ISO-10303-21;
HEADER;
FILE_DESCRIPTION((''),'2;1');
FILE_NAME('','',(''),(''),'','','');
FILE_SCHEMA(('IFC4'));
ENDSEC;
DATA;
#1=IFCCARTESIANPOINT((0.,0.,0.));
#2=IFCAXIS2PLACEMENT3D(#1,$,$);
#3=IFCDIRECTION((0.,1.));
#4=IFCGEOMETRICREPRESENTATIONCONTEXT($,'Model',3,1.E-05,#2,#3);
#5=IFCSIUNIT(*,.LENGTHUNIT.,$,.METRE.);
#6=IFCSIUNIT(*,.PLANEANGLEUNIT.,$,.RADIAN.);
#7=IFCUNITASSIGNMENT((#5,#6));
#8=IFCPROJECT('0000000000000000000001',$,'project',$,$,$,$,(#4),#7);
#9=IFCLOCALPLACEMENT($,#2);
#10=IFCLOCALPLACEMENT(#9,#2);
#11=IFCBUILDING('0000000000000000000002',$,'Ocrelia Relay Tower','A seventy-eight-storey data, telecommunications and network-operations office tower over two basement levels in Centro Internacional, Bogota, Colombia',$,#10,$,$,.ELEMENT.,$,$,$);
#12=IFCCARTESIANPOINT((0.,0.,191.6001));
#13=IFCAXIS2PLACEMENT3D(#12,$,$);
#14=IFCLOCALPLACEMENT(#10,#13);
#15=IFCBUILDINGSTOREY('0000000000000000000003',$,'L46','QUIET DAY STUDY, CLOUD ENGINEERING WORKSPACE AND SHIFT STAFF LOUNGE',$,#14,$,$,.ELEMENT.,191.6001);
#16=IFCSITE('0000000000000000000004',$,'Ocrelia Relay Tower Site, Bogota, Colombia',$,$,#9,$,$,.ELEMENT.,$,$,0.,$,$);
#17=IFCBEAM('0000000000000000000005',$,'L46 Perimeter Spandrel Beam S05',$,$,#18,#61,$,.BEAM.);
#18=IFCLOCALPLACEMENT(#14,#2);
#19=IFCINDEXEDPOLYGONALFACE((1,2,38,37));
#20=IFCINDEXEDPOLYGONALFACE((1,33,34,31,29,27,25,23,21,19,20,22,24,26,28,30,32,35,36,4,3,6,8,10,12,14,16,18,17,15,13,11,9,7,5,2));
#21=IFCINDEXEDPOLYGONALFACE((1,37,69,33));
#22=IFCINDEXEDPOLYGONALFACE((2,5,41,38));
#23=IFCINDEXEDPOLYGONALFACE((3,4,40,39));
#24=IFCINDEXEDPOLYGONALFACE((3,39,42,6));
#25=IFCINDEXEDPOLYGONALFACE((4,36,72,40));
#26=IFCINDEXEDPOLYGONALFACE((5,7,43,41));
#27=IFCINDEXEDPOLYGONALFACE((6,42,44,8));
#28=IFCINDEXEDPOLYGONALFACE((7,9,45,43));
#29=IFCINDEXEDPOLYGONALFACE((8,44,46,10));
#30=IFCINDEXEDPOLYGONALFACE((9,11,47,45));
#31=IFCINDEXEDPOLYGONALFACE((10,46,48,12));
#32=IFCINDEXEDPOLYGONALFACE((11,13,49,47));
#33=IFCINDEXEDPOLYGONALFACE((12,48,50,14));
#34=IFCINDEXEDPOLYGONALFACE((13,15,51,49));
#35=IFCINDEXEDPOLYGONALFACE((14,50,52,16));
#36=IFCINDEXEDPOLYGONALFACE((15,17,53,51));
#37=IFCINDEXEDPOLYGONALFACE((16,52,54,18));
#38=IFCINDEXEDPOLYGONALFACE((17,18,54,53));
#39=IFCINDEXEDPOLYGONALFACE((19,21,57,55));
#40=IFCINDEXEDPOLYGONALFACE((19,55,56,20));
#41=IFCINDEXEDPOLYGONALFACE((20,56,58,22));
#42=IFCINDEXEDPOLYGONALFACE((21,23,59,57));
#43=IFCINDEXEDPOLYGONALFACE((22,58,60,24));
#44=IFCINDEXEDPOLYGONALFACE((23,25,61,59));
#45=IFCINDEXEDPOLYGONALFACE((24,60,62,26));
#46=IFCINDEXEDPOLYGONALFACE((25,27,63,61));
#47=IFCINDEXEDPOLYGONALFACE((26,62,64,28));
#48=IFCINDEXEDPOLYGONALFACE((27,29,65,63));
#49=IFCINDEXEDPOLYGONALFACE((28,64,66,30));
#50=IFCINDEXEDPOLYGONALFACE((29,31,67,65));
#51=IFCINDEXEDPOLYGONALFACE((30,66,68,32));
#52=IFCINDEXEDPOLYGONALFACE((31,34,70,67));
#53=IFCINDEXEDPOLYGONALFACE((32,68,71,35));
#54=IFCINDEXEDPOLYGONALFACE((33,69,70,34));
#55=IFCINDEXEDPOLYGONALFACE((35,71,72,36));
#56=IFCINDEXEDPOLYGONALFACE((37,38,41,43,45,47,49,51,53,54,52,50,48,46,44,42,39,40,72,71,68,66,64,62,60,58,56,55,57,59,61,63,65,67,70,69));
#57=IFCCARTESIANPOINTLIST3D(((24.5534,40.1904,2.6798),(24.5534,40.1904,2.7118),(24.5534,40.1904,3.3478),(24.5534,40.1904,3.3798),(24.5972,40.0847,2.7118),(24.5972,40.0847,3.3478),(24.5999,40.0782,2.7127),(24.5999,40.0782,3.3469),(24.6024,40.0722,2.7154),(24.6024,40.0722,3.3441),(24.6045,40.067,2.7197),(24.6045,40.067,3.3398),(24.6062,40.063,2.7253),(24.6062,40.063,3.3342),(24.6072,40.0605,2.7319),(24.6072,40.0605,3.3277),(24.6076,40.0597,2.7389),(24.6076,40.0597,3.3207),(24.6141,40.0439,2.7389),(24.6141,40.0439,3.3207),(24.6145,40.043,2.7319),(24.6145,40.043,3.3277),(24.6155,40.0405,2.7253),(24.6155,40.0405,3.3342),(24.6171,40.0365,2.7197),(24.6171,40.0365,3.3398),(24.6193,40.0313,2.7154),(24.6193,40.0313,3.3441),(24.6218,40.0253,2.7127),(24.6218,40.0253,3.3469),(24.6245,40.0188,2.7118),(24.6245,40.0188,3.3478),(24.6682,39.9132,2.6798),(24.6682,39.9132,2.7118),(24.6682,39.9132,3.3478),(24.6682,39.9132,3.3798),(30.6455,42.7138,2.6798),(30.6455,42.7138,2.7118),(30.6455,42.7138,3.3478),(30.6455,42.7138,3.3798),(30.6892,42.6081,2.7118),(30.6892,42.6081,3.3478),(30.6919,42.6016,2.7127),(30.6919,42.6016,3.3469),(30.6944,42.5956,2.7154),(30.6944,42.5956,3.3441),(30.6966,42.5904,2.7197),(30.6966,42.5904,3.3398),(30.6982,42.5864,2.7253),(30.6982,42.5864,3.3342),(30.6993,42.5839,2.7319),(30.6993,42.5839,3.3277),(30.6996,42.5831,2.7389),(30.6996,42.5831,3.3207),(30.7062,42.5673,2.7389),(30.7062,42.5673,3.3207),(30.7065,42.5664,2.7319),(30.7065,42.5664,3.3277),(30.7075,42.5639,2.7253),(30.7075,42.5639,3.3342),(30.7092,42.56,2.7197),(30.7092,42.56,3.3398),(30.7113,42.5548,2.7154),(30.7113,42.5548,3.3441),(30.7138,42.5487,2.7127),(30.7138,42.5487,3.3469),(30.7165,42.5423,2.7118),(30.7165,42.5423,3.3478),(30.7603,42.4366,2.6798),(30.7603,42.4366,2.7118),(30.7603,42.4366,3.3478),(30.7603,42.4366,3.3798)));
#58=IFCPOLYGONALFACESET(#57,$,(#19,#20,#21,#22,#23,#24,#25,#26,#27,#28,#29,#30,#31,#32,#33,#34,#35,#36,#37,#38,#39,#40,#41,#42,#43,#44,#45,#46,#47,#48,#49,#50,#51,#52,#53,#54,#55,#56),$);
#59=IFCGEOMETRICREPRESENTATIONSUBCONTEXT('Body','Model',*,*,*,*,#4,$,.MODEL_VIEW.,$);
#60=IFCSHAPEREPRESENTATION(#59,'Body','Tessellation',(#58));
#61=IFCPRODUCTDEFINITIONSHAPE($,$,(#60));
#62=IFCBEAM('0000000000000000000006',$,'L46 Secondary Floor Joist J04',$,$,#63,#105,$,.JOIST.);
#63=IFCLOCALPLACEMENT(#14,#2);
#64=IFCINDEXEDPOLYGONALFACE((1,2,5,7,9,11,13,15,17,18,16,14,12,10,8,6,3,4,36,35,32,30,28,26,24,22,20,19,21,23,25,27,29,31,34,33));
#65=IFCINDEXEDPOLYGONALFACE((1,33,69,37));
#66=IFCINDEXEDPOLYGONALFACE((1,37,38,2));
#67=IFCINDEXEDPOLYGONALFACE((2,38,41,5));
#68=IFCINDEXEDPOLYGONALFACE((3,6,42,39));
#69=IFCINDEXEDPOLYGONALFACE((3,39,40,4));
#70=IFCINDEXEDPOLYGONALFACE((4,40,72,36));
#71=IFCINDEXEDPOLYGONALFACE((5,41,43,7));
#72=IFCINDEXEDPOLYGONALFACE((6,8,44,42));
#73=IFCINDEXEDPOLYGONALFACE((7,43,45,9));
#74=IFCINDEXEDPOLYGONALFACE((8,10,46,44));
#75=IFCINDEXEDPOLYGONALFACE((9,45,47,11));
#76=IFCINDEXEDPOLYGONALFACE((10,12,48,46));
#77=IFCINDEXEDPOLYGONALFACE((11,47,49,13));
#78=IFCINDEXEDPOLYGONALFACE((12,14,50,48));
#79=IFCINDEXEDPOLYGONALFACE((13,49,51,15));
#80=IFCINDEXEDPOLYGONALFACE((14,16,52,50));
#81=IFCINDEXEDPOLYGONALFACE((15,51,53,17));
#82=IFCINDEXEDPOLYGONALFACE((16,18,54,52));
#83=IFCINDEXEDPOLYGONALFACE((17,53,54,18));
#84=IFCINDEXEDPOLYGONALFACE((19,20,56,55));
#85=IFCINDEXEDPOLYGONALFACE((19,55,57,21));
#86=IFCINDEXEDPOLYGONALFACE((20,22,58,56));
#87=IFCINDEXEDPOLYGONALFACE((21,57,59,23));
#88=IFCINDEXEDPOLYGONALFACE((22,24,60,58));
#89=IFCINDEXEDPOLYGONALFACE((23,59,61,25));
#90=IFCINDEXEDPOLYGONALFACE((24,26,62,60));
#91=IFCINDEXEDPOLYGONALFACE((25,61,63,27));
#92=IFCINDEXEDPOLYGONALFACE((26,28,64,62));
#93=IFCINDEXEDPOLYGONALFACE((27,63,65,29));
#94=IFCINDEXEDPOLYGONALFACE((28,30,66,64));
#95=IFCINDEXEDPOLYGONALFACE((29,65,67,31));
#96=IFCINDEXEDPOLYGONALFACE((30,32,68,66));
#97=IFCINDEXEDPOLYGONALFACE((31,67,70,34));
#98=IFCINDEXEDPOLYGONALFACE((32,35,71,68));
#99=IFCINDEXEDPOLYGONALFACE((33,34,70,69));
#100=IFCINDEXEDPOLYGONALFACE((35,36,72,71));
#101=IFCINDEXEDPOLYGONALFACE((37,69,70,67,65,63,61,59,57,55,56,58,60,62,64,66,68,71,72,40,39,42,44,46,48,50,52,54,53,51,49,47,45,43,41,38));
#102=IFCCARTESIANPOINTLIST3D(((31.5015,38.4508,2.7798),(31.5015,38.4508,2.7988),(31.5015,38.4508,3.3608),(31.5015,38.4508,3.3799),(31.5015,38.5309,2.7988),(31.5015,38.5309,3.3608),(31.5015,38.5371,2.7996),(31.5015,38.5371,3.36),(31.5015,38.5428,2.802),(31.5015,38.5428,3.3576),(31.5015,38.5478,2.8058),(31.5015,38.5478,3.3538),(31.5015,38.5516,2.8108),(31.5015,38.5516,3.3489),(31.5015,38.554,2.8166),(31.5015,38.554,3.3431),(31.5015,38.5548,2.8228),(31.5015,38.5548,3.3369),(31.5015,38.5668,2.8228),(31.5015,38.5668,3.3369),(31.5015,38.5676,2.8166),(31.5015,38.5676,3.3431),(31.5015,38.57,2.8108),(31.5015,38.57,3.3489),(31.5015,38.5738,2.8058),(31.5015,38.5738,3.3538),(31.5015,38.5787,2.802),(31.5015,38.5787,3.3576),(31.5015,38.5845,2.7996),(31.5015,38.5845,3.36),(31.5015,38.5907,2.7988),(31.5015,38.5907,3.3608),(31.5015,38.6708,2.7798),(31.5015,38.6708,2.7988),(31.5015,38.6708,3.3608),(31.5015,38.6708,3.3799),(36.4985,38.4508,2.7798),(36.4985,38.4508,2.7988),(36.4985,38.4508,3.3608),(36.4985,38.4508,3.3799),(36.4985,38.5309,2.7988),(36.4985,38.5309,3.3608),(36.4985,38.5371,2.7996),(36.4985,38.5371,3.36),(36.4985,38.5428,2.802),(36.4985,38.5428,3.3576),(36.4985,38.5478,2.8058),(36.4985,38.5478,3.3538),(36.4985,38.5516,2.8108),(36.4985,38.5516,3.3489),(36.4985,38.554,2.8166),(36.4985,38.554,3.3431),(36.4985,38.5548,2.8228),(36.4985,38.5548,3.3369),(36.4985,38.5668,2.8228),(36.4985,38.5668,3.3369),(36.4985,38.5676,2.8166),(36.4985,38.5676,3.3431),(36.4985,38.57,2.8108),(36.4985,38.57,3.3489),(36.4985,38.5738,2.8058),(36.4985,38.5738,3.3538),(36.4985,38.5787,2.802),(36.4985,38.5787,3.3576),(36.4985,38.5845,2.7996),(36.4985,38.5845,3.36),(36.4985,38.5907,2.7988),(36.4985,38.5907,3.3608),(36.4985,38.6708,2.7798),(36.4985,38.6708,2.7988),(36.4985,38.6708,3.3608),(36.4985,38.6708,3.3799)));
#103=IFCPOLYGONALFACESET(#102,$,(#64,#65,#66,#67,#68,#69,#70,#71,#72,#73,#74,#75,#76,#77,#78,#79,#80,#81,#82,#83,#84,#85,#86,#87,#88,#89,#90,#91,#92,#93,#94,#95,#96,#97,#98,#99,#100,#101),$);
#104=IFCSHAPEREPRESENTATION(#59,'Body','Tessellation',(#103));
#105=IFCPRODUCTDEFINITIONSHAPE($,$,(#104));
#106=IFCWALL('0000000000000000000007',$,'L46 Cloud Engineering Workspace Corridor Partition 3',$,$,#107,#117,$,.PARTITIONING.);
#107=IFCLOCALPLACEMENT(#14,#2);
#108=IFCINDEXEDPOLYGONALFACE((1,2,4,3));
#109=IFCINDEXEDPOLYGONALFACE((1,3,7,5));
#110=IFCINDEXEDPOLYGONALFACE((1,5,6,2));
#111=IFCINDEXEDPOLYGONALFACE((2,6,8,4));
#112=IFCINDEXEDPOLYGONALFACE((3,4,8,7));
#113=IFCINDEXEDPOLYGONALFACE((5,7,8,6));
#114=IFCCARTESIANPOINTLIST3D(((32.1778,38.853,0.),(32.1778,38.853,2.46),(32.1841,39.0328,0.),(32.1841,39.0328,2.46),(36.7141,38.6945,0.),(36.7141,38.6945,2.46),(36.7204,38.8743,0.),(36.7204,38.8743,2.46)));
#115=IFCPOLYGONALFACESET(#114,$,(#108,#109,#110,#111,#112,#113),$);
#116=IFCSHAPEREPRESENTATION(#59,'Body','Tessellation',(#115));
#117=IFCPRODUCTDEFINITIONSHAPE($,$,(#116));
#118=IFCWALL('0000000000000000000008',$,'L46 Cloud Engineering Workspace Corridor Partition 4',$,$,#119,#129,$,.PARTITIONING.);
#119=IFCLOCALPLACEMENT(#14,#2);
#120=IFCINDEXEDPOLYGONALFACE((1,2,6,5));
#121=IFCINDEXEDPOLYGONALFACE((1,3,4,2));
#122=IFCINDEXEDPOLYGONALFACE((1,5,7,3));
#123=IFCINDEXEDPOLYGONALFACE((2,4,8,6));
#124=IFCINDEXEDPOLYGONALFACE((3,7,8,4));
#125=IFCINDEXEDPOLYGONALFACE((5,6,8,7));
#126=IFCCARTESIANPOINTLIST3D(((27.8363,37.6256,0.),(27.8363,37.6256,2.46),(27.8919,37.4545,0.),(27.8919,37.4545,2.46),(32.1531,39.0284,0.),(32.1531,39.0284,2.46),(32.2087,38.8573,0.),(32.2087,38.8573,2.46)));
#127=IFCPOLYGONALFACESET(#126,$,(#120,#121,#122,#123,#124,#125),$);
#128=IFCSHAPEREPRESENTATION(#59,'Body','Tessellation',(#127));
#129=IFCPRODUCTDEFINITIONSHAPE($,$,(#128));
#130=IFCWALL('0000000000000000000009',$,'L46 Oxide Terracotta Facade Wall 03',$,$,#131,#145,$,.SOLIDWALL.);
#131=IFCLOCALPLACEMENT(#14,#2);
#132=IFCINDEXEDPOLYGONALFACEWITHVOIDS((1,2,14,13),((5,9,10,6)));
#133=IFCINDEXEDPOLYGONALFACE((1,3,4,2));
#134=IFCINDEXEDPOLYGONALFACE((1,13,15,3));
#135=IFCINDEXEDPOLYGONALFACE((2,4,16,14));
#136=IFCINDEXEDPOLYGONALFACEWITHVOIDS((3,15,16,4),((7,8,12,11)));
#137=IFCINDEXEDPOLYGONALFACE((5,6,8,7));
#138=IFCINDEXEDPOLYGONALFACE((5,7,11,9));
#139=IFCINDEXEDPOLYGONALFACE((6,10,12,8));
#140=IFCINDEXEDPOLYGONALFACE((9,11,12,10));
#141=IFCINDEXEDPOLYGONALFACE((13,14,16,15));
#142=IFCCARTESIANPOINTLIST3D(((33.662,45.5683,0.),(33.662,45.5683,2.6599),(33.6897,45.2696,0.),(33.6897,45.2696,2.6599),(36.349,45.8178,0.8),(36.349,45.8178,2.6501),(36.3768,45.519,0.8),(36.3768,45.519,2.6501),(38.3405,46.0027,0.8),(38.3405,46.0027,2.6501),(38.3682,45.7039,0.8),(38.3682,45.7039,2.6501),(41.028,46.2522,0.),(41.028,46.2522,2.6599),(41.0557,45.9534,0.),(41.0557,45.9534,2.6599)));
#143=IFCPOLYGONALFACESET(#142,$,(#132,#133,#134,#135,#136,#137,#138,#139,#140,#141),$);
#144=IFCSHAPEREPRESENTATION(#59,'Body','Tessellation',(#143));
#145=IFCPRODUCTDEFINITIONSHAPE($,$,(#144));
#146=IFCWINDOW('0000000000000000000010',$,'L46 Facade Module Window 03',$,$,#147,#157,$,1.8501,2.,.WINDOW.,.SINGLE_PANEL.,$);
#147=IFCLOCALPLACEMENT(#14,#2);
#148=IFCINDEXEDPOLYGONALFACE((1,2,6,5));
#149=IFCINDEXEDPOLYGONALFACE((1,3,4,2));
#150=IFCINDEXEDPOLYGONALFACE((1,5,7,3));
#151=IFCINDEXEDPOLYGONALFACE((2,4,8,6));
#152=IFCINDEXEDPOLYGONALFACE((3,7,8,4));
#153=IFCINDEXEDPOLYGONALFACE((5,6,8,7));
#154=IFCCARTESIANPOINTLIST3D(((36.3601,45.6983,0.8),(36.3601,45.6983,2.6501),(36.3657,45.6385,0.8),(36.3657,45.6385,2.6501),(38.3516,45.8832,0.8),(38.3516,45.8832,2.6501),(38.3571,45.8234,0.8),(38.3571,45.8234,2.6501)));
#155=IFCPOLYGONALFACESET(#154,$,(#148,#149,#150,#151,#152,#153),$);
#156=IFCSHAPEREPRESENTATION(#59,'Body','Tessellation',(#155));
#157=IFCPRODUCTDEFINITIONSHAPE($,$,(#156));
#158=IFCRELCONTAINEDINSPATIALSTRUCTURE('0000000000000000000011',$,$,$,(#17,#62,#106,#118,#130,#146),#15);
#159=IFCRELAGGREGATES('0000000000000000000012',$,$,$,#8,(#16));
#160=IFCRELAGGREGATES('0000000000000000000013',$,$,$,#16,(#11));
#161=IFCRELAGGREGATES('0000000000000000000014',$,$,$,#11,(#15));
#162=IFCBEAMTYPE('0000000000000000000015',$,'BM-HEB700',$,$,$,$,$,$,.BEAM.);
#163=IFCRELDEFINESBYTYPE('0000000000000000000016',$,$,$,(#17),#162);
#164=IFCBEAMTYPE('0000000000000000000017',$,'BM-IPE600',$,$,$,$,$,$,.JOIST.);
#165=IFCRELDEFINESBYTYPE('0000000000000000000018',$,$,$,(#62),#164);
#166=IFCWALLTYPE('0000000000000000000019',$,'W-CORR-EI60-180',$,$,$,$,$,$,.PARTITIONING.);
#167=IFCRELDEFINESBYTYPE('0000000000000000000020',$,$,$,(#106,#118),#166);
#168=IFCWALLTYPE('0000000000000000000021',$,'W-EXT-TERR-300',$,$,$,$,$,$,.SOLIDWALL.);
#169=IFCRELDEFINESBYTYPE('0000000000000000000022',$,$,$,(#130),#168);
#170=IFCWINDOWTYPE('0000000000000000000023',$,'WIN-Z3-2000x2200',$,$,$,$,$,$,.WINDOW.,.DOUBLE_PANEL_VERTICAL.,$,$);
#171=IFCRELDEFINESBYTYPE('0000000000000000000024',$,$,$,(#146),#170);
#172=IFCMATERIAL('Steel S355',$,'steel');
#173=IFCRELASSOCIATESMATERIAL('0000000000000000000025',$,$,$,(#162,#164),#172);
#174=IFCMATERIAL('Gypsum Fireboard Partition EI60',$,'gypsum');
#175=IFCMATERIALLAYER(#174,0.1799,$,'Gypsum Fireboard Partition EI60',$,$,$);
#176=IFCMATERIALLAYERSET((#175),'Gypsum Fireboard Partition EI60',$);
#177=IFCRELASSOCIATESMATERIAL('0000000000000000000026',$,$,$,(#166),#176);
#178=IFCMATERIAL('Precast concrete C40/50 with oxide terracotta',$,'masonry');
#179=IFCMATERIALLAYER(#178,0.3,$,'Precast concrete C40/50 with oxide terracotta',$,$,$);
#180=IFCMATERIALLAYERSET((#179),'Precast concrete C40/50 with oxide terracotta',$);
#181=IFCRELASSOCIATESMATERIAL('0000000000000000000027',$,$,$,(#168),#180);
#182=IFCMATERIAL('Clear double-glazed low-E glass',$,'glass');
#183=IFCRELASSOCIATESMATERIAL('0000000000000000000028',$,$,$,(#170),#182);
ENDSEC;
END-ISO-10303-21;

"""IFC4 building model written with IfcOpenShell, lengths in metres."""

from ifc_helpers import new_model, si_unit, direction, frame, frame_2d, origin, origin_2d, place, context, subcontext, project, spatial, rectangle, i_section, extrude, material, layer, layer_set, material_profile, profile_set, type_object, element, fill, save


model = new_model("IFC4")

# Units and contexts
model_context = context("Model", 3, precision=1e-05, world=origin(), true_north=direction((0.0, 1.0)))
body_context = subcontext(model_context, "Body", "Model", "MODEL_VIEW")
ifc_project = project(units=[si_unit("LENGTHUNIT", "METRE"), si_unit("PLANEANGLEUNIT", "RADIAN")], contexts=[model_context])

# Site, building, storey
site_placement = place(None, origin())
site = spatial("IfcSite", under=ifc_project, at=site_placement, Name="Ocrelia Relay Tower Site, Bogota, Colombia", CompositionType="ELEMENT", RefElevation=0.0)
building_placement = place(site_placement, origin())
building = spatial("IfcBuilding", under=site, at=building_placement, Name="Ocrelia Relay Tower", Description="A seventy-eight-storey data, telecommunications and network-operations office tower over two basement levels in Centro Internacional, Bogota, Colombia", CompositionType="ELEMENT")
storey_placement = place(building_placement, frame((0.0, 0.0, 191.6001)))
storey = spatial("IfcBuildingStorey", under=building, at=storey_placement, Name="L46", Description="QUIET DAY STUDY, CLOUD ENGINEERING WORKSPACE AND SHIFT STAFF LOUNGE", CompositionType="ELEMENT", Elevation=191.6001)

# Beams
ifc_material_1 = material(Name="Steel S355", Category="steel")
ifc_material_profile_1 = material_profile(ifc_material_1, i_section(OverallWidth=0.3, OverallDepth=0.7, WebThickness=0.0171, FlangeThickness=0.032, FilletRadius=0.0271, at=origin_2d()), Name="HEB 700")
ifc_profile_set_1 = profile_set([ifc_material_profile_1], Name="Steel S355")
beam_type_1 = type_object("IfcBeamType", Name="BM-HEB700", PredefinedType="BEAM", material=ifc_profile_set_1)
beam_1_placement = place(storey_placement, frame((30.7029, 42.5752, 3.0298), z_axis=(-0.923878, -0.382688, 0.0), x_axis=(0.382688, -0.923878, 0.0)))
element("IfcBeam", 1, at=beam_1_placement, inside=storey, type_object=beam_type_1, Name="L46 Perimeter Spandrel Beam S05", PredefinedType="BEAM", context=body_context, shape_type="SweptSolid", body=[
    extrude(i_section(OverallWidth=0.3, OverallDepth=0.7, WebThickness=0.0171, FlangeThickness=0.032, FilletRadius=0.0271, at=origin_2d()), origin(), (0.0, 0.0, 1.0), 6.594),
])
ifc_material_profile_2 = material_profile(ifc_material_1, i_section(OverallWidth=0.22, OverallDepth=0.6001, WebThickness=0.012, FlangeThickness=0.019, FilletRadius=0.0239, at=origin_2d()), Name="IPE 600")
ifc_profile_set_2 = profile_set([ifc_material_profile_2], Name="Steel S355")
beam_type_2 = type_object("IfcBeamType", Name="BM-IPE600", PredefinedType="JOIST", material=ifc_profile_set_2)
beam_2_placement = place(storey_placement, frame((36.4985, 38.5608, 3.0798), z_axis=(-1.0, 0.0, 0.0), x_axis=(0.0, -1.0, 0.0)))
element("IfcBeam", 2, at=beam_2_placement, inside=storey, type_object=beam_type_2, Name="L46 Secondary Floor Joist J04", PredefinedType="JOIST", context=body_context, shape_type="SweptSolid", body=[
    extrude(i_section(OverallWidth=0.22, OverallDepth=0.6001, WebThickness=0.012, FlangeThickness=0.019, FilletRadius=0.0239, at=origin_2d()), origin(), (0.0, 0.0, 1.0), 4.9971),
])

# Walls
ifc_material_2 = material(Name="Gypsum Fireboard Partition EI60", Category="gypsum")
ifc_layer_1 = layer(ifc_material_2, 0.1799, Name="Gypsum Fireboard Partition EI60")
ifc_layer_set_1 = layer_set([ifc_layer_1], Name="Gypsum Fireboard Partition EI60")
wall_type_1 = type_object("IfcWallType", Name="W-CORR-EI60-180", PredefinedType="PARTITIONING", material=ifc_layer_set_1)
for number, where, z_axis, x_axis, name in (
    (3, (36.7173, 38.7844, 0.0), (0.0, 0.0, 1.0), (-0.999391, 0.034907, 0.0), "L46 Cloud Engineering Workspace Corridor Partition 3"),
    (4, (32.1809, 38.9429, 0.0), (0.0, 0.0, 1.0), (-0.951044, -0.309054, 0.0), "L46 Cloud Engineering Workspace Corridor Partition 4"),
):
    element("IfcWall", number, at=place(storey_placement, frame(where, z_axis=z_axis, x_axis=x_axis)), inside=storey, type_object=wall_type_1, Name=name, PredefinedType="PARTITIONING", context=body_context, shape_type="SweptSolid", body=[
        extrude(rectangle(XDim=4.5391, YDim=0.1799, at=frame_2d((2.2695, 0.0))), origin(), (0.0, 0.0, 1.0), 2.46),
    ])

# Wall, opening, window
ifc_material_3 = material(Name="Precast concrete C40/50 with oxide terracotta", Category="masonry")
ifc_layer_2 = layer(ifc_material_3, 0.3, Name="Precast concrete C40/50 with oxide terracotta")
ifc_layer_set_2 = layer_set([ifc_layer_2], Name="Precast concrete C40/50 with oxide terracotta")
wall_type_2 = type_object("IfcWallType", Name="W-EXT-TERR-300", PredefinedType="SOLIDWALL", material=ifc_layer_set_2)
wall_1_placement = place(storey_placement, frame((41.0417, 46.1028, 0.0), z_axis=(0.0, 0.0, 1.0), x_axis=(-0.995718, -0.09244, 0.0)))
wall_1 = element("IfcWall", 5, at=wall_1_placement, inside=storey, type_object=wall_type_2, Name="L46 Oxide Terracotta Facade Wall 03", PredefinedType="SOLIDWALL", context=body_context, shape_type="SweptSolid", body=[
    extrude(rectangle(XDim=7.3977, YDim=0.3, at=frame_2d((3.6987, 0.0))), origin(), (0.0, 0.0, 1.0), 2.6599),
])
opening_1_placement = place(wall_1_placement, frame((2.699, 0.0, 0.8)))
opening_1 = element("IfcOpeningElement", 6, at=opening_1_placement, cuts=wall_1, PredefinedType="OPENING", context=body_context, shape_type="SweptSolid", body=[
    extrude(rectangle(XDim=2.0, YDim=1.8501, at=frame_2d((1.0, 0.925))), frame((0.0, 0.1602, 0.0), z_axis=(0.0, -1.0, 0.0), x_axis=(1.0, 0.0, 0.0)), (0.0, 0.0, 1.0), 0.3201),
])
ifc_material_4 = material(Name="Clear double-glazed low-E glass", Category="glass")
window_type = type_object("IfcWindowType", Name="WIN-Z3-2000x2200", PartitioningType="DOUBLE_PANEL_VERTICAL", PredefinedType="WINDOW", material=ifc_material_4)
window_1_placement = place(opening_1_placement, origin())
window_1 = element("IfcWindow", 7, at=window_1_placement, inside=storey, type_object=window_type, Name="L46 Facade Module Window 03", OverallHeight=1.8501, OverallWidth=2.0, PartitioningType="SINGLE_PANEL", PredefinedType="WINDOW", context=body_context, shape_type="SweptSolid", body=[
    extrude(rectangle(XDim=2.0, YDim=1.8501, at=frame_2d((1.0, 0.925))), frame((0.0, 0.03, 0.0), z_axis=(0.0, -1.0, 0.0), x_axis=(1.0, 0.0, 0.0)), (0.0, 0.0, 1.0), 0.0601),
])
fill(opening_1, window_1)

save(model, "model.ifc")
